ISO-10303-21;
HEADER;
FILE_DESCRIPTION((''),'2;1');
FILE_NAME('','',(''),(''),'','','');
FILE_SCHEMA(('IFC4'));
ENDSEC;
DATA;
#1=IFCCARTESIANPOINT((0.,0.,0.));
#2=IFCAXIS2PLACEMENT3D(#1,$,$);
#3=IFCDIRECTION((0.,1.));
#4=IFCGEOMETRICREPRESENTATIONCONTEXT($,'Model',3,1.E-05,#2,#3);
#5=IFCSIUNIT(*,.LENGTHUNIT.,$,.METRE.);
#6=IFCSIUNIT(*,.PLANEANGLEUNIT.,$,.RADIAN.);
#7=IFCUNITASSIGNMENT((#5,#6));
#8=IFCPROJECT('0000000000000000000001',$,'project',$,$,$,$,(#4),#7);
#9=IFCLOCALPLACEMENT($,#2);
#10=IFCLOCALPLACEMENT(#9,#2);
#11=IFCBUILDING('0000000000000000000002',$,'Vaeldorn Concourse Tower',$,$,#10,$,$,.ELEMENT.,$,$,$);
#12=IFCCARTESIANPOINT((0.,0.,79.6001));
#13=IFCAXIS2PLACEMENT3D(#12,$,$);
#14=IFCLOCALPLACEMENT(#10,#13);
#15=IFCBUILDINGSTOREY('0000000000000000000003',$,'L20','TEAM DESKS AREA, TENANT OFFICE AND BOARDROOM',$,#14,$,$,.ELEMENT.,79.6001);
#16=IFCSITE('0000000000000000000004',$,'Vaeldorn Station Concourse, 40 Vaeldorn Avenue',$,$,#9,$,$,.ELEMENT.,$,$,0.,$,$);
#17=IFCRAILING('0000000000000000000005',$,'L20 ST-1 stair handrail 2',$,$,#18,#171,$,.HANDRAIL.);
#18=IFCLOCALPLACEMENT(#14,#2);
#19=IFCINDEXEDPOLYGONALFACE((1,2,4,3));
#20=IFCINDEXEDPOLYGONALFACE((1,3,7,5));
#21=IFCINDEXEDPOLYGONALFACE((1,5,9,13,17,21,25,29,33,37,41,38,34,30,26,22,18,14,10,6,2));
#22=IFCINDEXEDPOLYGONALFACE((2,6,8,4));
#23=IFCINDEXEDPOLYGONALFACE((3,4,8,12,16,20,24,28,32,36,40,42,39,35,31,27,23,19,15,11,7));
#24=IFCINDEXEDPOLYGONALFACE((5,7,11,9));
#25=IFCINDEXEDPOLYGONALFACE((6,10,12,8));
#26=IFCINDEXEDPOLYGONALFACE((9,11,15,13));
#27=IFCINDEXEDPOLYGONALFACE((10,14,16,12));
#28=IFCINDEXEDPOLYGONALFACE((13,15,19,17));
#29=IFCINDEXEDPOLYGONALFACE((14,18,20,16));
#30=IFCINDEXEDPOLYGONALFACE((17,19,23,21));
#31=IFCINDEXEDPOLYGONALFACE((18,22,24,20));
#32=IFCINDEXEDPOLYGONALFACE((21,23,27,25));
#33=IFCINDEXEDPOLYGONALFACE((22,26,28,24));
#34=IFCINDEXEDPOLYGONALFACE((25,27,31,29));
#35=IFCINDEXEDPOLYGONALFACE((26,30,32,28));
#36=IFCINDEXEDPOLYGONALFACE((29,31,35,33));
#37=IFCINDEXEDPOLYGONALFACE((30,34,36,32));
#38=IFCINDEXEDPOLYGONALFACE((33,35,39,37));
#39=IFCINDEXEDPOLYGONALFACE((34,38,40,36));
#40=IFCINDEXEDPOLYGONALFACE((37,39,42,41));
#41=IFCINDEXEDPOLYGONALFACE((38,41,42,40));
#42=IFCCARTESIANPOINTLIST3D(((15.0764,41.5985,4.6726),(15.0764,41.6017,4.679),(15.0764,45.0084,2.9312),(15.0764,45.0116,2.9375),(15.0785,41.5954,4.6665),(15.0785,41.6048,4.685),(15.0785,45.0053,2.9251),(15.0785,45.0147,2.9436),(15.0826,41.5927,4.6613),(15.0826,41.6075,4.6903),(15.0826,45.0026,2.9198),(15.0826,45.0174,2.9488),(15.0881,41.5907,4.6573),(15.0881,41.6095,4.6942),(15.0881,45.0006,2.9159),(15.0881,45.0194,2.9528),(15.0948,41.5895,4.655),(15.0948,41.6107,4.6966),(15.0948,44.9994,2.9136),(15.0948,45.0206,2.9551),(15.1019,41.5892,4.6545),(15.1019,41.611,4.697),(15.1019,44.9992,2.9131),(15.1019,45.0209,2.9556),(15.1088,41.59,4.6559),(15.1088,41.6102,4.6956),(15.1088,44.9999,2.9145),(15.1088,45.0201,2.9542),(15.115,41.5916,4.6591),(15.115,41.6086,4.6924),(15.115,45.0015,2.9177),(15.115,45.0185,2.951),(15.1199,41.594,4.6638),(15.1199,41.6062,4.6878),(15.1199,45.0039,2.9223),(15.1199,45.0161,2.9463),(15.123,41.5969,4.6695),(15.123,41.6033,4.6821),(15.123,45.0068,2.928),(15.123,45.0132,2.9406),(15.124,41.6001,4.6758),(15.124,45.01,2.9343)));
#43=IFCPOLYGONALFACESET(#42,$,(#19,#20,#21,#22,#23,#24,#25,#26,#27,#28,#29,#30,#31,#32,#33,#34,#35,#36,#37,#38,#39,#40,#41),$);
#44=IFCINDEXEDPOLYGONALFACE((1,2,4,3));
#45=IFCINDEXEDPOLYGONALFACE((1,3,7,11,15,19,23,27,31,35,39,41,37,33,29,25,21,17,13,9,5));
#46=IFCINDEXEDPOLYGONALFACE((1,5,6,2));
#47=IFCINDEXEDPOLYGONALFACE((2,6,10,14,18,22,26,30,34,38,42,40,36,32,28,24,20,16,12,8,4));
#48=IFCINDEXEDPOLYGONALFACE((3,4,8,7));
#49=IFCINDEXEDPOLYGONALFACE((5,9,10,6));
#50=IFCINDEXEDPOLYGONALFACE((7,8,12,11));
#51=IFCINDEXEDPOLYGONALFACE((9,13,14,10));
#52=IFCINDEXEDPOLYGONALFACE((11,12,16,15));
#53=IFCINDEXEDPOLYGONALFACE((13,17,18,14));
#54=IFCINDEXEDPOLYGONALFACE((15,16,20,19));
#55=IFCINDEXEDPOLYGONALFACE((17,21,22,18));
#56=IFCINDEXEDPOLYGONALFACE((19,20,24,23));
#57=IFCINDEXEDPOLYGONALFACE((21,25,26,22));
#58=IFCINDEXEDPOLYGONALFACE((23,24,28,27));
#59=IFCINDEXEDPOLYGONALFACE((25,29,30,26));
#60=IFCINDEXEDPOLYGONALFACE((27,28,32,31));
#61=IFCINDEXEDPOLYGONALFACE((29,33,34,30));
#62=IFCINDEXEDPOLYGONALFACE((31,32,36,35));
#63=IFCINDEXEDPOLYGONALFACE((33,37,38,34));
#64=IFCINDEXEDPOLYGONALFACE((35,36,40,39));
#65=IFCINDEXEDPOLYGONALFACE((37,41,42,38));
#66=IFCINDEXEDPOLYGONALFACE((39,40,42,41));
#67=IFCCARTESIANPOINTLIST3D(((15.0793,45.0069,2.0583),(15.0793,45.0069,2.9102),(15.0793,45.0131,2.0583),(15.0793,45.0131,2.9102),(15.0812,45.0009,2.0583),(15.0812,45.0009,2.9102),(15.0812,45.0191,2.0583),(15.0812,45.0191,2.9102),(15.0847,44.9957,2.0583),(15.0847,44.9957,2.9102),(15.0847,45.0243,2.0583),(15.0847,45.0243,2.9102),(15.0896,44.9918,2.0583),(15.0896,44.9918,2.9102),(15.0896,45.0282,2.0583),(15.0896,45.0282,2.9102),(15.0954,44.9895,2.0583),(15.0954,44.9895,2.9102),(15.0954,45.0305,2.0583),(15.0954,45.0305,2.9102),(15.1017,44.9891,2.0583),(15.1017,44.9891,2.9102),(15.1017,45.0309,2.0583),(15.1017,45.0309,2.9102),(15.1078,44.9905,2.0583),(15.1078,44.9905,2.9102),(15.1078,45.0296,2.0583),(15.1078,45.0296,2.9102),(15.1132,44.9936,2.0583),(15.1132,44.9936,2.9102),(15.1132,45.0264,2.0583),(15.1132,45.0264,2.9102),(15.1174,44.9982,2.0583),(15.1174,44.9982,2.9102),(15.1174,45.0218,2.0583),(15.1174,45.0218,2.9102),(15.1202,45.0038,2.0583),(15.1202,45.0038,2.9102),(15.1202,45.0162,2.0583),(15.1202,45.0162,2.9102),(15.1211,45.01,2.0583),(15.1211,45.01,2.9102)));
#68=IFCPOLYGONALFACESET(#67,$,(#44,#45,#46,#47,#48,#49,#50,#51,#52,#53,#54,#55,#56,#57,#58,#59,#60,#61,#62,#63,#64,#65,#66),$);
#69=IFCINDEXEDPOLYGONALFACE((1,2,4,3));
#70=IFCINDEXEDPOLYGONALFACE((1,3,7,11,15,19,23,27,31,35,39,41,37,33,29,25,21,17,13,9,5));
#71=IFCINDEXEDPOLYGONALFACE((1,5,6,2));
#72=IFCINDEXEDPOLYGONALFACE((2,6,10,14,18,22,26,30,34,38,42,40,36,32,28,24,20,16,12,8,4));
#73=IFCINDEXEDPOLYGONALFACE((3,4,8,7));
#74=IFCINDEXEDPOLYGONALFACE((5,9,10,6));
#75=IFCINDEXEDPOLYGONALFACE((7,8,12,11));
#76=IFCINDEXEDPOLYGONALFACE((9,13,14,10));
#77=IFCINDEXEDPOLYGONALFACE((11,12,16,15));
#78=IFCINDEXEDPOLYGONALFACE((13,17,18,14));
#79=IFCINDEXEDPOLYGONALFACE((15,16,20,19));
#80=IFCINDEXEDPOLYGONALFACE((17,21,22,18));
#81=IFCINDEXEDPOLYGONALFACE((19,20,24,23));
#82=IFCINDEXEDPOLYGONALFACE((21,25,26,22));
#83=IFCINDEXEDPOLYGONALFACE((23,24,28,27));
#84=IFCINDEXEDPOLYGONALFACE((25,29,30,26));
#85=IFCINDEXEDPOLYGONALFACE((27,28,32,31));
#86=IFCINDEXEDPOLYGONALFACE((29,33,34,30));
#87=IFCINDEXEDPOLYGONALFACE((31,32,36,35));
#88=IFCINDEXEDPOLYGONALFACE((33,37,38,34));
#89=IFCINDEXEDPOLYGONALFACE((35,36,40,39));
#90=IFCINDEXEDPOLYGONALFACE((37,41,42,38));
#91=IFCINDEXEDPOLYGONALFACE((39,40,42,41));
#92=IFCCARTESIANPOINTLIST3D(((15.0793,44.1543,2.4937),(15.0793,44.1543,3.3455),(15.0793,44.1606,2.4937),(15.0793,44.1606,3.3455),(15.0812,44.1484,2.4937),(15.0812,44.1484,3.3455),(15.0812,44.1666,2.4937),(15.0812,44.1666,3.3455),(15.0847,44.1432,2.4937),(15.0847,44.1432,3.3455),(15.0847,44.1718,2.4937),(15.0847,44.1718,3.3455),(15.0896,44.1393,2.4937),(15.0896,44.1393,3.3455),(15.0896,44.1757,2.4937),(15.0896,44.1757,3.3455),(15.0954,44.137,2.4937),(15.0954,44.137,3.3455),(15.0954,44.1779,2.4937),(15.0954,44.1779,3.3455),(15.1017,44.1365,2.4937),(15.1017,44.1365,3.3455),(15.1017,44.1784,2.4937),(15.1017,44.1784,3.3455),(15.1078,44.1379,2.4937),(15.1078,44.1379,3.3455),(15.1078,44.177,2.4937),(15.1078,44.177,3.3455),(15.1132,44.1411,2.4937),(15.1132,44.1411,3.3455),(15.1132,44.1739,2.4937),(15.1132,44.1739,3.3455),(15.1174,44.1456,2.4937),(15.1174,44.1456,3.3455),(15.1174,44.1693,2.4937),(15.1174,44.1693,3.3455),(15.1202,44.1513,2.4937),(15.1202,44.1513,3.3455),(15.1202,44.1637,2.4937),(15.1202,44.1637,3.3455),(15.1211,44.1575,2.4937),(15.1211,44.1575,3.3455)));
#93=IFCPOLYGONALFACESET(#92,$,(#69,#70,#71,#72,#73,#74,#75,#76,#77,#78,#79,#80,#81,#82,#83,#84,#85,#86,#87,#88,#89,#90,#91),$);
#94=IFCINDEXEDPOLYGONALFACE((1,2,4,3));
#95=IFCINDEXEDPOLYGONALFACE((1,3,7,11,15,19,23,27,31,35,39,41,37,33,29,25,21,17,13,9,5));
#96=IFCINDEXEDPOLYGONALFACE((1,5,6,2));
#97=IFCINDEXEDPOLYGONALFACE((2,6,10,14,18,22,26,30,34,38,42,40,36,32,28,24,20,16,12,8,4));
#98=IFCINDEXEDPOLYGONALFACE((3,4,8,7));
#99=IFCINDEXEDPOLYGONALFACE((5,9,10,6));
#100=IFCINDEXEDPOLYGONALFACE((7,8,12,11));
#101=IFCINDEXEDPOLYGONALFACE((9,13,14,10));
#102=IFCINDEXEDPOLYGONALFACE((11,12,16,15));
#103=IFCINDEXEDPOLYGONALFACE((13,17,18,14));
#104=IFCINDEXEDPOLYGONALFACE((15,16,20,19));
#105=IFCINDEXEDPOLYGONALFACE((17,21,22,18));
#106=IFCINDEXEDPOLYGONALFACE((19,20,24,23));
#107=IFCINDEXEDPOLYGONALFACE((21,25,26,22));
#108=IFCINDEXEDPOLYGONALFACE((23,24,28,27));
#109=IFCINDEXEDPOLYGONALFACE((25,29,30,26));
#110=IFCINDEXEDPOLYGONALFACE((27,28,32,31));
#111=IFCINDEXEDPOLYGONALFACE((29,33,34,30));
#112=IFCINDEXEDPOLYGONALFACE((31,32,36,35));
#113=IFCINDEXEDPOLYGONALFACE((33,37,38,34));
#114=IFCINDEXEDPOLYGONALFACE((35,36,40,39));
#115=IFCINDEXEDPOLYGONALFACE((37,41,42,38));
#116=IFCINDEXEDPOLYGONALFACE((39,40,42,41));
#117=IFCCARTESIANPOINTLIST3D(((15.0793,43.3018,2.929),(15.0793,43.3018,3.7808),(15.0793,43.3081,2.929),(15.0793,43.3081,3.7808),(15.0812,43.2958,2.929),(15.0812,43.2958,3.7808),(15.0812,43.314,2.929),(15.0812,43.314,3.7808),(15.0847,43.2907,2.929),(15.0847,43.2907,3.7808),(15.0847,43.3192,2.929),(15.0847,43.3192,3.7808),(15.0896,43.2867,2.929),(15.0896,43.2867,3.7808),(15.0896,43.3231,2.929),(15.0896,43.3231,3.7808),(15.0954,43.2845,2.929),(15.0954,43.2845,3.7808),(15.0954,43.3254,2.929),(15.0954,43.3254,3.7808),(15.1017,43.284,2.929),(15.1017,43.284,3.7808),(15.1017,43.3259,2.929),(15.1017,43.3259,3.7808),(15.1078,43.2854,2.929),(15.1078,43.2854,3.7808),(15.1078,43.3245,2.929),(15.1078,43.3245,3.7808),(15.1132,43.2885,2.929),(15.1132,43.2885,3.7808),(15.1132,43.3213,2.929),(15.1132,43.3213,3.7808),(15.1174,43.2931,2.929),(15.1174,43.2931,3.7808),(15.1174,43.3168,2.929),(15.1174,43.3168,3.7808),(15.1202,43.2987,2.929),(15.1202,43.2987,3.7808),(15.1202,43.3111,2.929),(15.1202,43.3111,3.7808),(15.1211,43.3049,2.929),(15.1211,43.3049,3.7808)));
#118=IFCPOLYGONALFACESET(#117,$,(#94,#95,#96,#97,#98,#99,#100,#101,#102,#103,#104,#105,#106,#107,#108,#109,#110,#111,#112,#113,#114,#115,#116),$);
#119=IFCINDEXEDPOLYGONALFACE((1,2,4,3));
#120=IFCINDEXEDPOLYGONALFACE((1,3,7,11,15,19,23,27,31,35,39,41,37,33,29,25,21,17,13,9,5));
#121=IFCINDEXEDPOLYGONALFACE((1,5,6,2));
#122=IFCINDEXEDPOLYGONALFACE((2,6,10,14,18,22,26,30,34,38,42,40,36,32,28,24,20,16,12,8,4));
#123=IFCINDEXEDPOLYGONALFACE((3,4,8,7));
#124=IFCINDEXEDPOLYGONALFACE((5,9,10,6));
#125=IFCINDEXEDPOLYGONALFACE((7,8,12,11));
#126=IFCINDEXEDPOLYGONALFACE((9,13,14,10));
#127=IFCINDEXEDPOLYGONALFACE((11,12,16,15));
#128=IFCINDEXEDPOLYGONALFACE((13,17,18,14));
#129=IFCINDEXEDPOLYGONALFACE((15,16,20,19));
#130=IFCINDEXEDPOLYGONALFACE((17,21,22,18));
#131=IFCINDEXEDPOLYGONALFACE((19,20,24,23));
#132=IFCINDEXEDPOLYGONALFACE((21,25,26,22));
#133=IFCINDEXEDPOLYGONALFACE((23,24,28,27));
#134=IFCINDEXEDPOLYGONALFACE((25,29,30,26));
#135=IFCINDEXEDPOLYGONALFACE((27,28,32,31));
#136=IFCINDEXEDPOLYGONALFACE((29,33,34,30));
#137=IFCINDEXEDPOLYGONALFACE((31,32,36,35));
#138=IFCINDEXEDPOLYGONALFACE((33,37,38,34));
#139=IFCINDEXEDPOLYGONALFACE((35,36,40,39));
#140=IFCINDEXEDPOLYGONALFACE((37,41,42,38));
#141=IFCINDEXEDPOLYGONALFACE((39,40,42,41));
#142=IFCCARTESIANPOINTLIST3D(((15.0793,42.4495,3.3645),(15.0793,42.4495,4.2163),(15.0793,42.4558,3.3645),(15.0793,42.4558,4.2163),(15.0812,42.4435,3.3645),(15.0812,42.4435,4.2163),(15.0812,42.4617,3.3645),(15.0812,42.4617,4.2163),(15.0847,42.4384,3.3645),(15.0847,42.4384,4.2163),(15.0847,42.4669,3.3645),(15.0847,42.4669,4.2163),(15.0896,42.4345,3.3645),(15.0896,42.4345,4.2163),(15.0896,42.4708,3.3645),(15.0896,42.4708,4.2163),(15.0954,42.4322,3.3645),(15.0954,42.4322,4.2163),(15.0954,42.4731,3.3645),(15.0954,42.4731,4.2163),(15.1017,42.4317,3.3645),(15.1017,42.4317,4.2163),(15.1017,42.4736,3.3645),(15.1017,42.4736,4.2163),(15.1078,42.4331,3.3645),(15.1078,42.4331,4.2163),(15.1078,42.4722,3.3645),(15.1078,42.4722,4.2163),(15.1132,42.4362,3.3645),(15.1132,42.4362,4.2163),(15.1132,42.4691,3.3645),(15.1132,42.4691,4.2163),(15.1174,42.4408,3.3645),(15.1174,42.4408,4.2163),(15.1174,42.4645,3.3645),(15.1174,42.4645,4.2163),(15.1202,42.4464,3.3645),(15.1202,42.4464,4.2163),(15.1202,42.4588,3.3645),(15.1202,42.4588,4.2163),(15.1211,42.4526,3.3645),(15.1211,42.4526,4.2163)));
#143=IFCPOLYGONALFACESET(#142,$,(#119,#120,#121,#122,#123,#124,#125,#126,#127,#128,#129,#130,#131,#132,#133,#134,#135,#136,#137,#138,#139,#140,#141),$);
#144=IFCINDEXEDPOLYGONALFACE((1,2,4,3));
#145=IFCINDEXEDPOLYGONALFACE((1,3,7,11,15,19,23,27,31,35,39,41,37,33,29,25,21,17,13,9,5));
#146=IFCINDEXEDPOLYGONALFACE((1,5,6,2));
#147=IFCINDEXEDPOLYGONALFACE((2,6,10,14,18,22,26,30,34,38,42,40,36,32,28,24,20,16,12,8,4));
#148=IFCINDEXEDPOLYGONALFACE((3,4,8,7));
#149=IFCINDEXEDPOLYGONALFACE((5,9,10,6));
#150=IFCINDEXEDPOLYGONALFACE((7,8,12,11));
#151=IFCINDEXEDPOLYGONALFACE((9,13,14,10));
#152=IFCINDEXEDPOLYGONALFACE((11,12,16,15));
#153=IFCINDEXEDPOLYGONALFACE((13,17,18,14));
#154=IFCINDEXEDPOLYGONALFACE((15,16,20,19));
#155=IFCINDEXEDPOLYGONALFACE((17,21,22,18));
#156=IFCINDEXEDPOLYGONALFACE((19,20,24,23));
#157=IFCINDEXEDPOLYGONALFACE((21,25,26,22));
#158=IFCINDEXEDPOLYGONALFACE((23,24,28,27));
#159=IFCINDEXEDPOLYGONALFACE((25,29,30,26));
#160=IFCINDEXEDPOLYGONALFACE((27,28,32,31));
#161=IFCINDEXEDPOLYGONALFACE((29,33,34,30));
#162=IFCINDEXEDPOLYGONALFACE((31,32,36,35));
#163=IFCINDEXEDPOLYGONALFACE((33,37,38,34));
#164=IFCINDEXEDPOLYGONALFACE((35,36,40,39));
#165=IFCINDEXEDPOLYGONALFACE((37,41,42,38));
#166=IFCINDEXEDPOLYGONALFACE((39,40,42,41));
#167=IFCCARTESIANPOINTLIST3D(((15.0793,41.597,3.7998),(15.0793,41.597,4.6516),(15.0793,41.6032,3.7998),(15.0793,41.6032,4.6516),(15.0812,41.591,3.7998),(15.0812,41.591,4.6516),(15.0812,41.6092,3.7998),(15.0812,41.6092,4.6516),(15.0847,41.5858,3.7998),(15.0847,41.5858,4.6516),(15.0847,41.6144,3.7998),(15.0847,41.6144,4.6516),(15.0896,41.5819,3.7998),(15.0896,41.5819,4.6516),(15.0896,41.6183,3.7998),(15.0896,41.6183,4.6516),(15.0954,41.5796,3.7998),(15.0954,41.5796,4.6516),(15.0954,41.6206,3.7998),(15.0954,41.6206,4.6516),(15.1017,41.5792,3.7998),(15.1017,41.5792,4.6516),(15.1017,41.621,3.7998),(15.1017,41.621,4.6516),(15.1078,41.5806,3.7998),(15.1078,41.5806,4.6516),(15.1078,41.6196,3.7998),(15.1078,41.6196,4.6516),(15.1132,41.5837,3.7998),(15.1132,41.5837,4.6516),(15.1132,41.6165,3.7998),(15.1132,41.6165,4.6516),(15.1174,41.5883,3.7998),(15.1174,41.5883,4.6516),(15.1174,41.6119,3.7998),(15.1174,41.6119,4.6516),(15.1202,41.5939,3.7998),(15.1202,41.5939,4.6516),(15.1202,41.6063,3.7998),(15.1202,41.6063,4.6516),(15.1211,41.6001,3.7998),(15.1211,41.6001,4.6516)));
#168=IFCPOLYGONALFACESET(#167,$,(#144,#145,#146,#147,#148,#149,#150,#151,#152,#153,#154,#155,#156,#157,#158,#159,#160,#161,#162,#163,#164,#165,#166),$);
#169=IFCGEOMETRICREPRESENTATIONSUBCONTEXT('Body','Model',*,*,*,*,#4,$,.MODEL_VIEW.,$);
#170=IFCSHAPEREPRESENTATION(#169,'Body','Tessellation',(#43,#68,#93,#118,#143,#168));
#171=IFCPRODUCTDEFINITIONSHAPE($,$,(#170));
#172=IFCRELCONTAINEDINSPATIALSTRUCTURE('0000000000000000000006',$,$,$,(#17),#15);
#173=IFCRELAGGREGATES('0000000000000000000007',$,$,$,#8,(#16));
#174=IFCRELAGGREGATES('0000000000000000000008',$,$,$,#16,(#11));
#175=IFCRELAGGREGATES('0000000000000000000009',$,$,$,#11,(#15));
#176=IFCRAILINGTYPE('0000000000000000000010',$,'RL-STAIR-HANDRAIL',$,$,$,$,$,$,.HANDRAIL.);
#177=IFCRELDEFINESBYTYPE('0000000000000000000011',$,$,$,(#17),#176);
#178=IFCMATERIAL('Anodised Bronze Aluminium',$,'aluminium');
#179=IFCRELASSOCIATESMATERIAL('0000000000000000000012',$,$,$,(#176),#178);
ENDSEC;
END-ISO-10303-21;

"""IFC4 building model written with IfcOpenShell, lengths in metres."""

from ifc_helpers import new_model, si_unit, direction, frame, origin, origin_2d, place, context, subcontext, project, spatial, circle, extrude, material, type_object, element, save


model = new_model("IFC4")

# Units and contexts
model_context = context("Model", 3, precision=1e-05, world=origin(), true_north=direction((0.0, 1.0)))
body_context = subcontext(model_context, "Body", "Model", "MODEL_VIEW")
ifc_project = project(units=[si_unit("LENGTHUNIT", "METRE"), si_unit("PLANEANGLEUNIT", "RADIAN")], contexts=[model_context])

# Site, building, storey
site_placement = place(None, origin())
site = spatial("IfcSite", under=ifc_project, at=site_placement, Name="Vaeldorn Station Concourse, 40 Vaeldorn Avenue", CompositionType="ELEMENT", RefElevation=0.0)
building_placement = place(site_placement, origin())
building = spatial("IfcBuilding", under=site, at=building_placement, Name="Vaeldorn Concourse Tower", CompositionType="ELEMENT")
storey_placement = place(building_placement, frame((0.0, 0.0, 79.6001)))
storey = spatial("IfcBuildingStorey", under=building, at=storey_placement, Name="L20", Description="TEAM DESKS AREA, TENANT OFFICE AND BOARDROOM", CompositionType="ELEMENT", Elevation=79.6001)

# Shared definitions
ifc_material_1 = material(Name="Anodised Bronze Aluminium", Category="aluminium")

# Railing
railing_type_1 = type_object("IfcRailingType", Name="RL-STAIR-HANDRAIL", PredefinedType="HANDRAIL", material=ifc_material_1)
railing_1_placement = place(storey_placement, frame((15.1001, 45.01, 2.0583)))
element("IfcRailing", 1, at=railing_1_placement, inside=storey, type_object=railing_type_1, Name="L20 ST-1 stair handrail 2", PredefinedType="HANDRAIL", context=body_context, shape_type="SweptSolid", body=[
    extrude(circle(Radius=0.0239, at=origin_2d()), frame((0.0, 0.0, 0.876), z_axis=(0.0, -0.890582, 0.454823), x_axis=(1.0, 0.0, 0.0)), (0.0, 0.0, 1.0), 3.8289),
    extrude(circle(Radius=0.021, at=origin_2d()), origin(), (0.0, 0.0, 1.0), 0.8518),
    extrude(circle(Radius=0.021, at=origin_2d()), frame((0.0, -0.8525, 0.4353)), (0.0, 0.0, 1.0), 0.8518),
    extrude(circle(Radius=0.021, at=origin_2d()), frame((0.0, -1.7051, 0.8706)), (0.0, 0.0, 1.0), 0.8518),
    extrude(circle(Radius=0.021, at=origin_2d()), frame((0.0, -2.5574, 1.3062)), (0.0, 0.0, 1.0), 0.8518),
    extrude(circle(Radius=0.021, at=origin_2d()), frame((0.0, -3.4099, 1.7415)), (0.0, 0.0, 1.0), 0.8518),
])

save(model, "model.ifc")
